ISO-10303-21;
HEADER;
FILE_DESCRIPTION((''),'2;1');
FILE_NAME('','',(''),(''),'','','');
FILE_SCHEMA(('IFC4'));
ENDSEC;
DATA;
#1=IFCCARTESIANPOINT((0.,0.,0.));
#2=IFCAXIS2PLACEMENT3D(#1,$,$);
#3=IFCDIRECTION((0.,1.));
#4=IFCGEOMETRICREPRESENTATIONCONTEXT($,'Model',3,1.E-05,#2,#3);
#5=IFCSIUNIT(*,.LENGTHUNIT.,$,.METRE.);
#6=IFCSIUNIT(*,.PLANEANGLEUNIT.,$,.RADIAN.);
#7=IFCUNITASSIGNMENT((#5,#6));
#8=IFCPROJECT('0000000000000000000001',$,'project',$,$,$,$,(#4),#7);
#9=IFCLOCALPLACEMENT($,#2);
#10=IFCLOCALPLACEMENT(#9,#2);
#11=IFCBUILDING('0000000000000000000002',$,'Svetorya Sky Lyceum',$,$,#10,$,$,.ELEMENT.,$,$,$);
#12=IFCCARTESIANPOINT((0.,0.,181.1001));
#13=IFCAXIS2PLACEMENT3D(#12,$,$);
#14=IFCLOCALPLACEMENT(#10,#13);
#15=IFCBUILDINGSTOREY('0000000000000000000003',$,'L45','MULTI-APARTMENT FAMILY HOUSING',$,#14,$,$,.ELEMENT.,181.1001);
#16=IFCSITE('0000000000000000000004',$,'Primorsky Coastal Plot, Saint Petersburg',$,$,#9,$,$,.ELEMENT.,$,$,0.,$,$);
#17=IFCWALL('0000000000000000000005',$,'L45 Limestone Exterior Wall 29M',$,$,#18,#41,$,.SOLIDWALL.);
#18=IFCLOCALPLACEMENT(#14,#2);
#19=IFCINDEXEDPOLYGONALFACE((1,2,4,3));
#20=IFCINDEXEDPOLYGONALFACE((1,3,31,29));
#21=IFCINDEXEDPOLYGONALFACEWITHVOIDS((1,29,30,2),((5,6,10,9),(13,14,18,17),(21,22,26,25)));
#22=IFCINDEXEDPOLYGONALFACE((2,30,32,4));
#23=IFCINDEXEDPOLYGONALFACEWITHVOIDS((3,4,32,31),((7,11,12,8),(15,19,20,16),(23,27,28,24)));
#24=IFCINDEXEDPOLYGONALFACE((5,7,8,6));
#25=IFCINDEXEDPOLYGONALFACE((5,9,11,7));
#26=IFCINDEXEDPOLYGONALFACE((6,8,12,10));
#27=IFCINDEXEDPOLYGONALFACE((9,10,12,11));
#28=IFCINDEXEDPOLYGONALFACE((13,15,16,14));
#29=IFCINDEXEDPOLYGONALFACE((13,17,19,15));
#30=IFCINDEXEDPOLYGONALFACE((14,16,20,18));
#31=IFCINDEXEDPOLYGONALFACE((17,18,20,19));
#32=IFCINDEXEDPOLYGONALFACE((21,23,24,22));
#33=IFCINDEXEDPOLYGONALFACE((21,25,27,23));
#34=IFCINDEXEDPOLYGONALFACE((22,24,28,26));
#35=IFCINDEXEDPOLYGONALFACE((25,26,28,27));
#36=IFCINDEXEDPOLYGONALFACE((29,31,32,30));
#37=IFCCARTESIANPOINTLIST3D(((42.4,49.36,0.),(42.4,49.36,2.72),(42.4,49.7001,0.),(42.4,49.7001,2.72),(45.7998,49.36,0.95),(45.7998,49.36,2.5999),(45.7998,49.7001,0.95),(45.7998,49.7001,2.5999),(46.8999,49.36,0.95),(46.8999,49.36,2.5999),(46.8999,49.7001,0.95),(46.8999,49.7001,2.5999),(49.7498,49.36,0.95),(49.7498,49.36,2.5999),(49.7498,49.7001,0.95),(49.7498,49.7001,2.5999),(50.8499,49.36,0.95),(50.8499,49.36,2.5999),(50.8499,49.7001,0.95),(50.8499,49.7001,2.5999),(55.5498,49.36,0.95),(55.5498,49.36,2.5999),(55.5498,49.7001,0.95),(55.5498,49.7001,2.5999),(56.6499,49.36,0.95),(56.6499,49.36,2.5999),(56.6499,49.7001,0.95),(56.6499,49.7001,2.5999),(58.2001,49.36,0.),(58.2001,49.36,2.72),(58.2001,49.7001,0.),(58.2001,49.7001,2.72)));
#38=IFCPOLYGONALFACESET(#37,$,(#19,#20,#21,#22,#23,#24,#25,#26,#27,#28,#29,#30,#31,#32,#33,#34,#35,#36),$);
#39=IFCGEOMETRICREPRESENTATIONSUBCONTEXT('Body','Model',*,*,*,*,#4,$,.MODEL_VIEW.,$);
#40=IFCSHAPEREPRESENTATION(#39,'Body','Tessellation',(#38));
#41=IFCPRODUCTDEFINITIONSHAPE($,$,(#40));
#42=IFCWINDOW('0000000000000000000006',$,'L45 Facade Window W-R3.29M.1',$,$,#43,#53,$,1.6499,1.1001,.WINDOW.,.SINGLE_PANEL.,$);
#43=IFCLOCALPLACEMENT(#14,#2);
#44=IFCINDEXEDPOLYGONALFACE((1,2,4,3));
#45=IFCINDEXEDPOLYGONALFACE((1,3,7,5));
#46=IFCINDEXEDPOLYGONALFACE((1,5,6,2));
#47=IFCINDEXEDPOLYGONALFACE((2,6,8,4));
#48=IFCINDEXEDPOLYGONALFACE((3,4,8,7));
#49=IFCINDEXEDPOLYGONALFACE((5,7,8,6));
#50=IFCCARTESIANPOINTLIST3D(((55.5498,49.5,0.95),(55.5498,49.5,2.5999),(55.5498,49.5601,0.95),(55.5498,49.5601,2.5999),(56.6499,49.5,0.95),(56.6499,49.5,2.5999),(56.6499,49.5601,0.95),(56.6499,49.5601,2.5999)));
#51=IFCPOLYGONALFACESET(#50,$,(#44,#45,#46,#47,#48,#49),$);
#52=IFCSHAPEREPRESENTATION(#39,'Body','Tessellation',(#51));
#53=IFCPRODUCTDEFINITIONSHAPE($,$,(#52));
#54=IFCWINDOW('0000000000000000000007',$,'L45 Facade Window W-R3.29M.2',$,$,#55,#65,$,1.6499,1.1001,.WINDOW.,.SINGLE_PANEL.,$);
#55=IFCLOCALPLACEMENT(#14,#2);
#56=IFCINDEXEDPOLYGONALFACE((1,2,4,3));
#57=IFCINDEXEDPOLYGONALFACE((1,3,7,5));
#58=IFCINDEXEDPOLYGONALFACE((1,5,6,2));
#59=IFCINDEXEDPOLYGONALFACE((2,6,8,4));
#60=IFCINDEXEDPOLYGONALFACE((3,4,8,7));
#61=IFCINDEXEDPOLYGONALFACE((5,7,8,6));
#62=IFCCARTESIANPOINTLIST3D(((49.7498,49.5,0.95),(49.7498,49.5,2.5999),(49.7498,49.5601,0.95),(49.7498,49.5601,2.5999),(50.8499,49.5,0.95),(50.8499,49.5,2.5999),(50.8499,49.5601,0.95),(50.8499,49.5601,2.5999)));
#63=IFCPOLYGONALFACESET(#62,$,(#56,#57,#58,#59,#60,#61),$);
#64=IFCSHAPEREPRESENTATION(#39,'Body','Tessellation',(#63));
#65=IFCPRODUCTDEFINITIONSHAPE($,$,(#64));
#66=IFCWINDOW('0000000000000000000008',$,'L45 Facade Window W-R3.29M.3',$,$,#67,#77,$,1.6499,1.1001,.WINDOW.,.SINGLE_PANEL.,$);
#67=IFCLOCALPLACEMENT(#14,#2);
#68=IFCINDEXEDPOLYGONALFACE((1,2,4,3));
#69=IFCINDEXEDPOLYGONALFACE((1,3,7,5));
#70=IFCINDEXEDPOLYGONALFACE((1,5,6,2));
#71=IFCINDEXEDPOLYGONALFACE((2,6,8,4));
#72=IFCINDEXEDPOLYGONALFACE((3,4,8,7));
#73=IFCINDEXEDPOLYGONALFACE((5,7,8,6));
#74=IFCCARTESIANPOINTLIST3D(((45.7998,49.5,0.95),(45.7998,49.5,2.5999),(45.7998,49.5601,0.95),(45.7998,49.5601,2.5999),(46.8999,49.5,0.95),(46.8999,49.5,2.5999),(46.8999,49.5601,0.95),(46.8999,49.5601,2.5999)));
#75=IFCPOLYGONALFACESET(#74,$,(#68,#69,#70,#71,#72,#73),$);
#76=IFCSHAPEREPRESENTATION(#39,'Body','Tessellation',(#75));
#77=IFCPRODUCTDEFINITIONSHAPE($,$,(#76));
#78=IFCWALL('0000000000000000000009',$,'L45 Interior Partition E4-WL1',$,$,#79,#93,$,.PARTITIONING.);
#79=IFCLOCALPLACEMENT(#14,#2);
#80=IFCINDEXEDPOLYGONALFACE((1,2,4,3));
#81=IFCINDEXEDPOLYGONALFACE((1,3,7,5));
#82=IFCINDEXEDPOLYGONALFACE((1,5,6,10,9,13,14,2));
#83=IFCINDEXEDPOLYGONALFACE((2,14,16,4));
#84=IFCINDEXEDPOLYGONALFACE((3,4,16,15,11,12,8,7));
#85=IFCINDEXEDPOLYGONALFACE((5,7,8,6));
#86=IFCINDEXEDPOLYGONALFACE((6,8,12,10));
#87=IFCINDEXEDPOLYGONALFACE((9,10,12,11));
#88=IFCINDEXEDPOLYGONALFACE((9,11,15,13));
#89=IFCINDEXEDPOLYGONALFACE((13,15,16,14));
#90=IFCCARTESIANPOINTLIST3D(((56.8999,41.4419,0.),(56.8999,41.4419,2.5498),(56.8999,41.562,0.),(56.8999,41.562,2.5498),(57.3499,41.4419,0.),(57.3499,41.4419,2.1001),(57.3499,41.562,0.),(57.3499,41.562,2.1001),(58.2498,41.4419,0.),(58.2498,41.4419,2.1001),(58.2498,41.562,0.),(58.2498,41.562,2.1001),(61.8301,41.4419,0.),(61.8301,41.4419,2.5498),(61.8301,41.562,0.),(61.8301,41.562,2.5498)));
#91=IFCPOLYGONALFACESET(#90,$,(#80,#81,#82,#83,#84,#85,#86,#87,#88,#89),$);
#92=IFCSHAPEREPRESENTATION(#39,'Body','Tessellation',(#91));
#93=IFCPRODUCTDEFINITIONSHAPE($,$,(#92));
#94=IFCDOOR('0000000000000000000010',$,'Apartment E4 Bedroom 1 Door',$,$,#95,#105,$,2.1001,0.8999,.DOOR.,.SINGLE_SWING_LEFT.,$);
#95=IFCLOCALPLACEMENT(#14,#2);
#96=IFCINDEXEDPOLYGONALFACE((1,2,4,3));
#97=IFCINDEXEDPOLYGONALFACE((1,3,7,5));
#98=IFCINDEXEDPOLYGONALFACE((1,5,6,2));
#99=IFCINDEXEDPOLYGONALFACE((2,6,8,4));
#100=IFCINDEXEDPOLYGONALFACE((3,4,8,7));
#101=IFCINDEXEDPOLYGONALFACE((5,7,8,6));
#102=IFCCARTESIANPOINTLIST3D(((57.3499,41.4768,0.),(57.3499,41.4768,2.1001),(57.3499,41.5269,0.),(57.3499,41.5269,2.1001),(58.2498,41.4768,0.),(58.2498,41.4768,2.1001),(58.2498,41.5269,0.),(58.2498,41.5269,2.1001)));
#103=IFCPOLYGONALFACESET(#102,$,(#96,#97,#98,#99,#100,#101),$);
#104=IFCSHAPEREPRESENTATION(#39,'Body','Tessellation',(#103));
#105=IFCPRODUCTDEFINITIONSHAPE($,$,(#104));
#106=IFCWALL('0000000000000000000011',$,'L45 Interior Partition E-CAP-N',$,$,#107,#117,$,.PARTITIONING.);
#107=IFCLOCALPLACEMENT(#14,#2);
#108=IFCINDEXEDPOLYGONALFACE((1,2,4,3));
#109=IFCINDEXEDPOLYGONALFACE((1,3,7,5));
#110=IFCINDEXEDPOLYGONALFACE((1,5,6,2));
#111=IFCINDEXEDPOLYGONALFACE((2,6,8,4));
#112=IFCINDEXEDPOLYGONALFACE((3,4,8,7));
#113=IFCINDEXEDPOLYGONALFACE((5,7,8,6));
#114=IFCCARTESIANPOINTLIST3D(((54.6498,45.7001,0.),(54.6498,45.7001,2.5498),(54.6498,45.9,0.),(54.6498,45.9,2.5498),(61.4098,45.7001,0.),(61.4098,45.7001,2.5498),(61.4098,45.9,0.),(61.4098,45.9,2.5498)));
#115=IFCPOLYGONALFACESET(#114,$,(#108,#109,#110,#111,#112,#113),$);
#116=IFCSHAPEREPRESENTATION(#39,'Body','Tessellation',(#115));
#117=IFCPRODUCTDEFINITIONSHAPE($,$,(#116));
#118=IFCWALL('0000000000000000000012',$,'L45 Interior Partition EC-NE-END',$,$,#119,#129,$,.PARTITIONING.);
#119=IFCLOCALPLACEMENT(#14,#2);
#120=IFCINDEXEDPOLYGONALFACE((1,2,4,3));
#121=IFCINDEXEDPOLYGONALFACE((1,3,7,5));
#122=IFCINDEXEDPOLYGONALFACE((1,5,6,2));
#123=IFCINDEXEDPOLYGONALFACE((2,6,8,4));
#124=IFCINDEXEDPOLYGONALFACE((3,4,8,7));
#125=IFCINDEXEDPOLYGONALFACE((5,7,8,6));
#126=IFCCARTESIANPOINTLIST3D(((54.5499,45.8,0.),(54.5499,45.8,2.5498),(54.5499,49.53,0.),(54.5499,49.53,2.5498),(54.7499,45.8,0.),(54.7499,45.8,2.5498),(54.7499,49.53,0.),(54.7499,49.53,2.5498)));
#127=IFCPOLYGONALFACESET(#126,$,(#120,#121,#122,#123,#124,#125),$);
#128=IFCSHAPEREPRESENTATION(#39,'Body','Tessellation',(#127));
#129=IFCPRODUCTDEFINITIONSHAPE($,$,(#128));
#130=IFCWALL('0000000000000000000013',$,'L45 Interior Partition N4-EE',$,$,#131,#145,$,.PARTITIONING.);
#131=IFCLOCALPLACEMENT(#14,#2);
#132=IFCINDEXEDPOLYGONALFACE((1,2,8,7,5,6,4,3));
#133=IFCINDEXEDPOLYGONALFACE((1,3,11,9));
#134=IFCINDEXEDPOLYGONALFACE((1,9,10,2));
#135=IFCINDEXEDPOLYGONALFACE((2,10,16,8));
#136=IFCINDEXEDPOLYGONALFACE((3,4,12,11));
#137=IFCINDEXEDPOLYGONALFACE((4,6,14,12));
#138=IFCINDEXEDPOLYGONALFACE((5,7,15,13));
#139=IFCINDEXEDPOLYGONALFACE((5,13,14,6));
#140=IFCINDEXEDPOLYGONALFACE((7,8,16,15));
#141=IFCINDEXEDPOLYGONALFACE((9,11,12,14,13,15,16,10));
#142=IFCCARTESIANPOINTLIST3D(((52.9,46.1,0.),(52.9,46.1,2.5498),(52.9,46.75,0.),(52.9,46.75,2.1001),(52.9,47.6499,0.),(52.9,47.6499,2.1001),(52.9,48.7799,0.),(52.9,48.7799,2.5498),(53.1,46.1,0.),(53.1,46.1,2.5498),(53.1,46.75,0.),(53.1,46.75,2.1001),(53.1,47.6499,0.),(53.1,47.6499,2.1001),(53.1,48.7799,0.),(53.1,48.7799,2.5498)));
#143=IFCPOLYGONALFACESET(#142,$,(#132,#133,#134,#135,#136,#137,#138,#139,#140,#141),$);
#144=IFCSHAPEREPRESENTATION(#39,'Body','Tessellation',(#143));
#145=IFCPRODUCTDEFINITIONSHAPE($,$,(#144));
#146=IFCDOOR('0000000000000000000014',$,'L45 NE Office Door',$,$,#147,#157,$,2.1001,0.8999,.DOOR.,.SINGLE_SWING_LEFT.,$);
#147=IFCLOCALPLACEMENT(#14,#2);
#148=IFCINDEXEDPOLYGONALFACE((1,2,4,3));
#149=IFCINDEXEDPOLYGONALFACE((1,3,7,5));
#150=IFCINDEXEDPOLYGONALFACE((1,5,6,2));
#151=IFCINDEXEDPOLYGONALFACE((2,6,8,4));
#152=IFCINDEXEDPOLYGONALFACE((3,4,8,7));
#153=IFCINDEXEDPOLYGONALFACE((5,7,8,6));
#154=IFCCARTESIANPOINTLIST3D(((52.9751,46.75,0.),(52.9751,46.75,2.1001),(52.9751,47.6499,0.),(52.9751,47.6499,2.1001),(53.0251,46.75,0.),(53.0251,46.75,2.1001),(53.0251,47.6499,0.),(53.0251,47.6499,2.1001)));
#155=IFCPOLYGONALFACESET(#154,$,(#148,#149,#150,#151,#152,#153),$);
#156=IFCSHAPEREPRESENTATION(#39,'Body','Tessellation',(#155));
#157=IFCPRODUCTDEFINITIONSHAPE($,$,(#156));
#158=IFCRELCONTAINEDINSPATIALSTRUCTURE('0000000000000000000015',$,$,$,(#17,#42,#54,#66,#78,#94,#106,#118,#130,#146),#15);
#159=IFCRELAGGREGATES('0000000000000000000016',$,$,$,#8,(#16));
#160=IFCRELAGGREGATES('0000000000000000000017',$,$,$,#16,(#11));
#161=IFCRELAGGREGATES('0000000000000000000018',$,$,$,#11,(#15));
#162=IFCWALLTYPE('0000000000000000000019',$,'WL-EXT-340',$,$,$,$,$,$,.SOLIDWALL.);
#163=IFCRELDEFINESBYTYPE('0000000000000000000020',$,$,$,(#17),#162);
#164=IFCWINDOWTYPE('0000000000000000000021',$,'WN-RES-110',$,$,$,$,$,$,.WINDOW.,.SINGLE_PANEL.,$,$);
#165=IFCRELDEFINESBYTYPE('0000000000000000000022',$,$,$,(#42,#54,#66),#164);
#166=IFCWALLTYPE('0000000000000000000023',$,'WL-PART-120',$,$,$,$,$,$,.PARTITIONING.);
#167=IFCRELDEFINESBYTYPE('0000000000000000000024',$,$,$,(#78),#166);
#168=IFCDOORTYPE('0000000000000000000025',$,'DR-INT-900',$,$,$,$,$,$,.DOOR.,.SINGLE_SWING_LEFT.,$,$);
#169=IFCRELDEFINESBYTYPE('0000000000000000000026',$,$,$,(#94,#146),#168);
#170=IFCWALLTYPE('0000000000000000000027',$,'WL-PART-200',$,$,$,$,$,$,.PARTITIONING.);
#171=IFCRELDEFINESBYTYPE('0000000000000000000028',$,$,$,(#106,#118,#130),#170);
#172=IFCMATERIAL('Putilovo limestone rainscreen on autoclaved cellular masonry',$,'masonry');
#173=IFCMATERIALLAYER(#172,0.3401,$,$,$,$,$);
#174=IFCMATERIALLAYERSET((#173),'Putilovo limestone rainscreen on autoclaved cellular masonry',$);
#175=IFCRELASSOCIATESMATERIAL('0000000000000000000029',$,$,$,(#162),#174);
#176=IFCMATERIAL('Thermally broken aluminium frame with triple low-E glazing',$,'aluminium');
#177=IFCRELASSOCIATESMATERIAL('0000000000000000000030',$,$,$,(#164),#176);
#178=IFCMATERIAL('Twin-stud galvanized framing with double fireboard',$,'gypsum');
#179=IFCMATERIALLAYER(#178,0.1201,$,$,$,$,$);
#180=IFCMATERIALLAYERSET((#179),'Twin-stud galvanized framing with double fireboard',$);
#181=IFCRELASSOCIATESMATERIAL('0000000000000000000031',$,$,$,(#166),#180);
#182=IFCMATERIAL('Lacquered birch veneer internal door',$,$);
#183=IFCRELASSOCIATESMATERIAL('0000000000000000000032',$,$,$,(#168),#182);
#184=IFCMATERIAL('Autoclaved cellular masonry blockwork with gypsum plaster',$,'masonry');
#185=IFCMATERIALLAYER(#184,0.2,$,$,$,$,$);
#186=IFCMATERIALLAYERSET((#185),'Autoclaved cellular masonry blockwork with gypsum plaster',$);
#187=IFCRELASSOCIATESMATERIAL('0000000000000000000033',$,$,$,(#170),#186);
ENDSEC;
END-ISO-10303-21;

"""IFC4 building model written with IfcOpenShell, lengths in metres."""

from ifc_helpers import new_model, si_unit, direction, frame, frame_2d, origin, place, context, subcontext, project, spatial, rectangle, extrude, material, layer, layer_set, type_object, element, fill, save


model = new_model("IFC4")

# Units and contexts
model_context = context("Model", 3, precision=1e-05, world=origin(), true_north=direction((0.0, 1.0)))
body_context = subcontext(model_context, "Body", "Model", "MODEL_VIEW")
ifc_project = project(units=[si_unit("LENGTHUNIT", "METRE"), si_unit("PLANEANGLEUNIT", "RADIAN")], contexts=[model_context])

# Site, building, storey
site_placement = place(None, origin())
site = spatial("IfcSite", under=ifc_project, at=site_placement, Name="Primorsky Coastal Plot, Saint Petersburg", CompositionType="ELEMENT", RefElevation=0.0)
building_placement = place(site_placement, origin())
building = spatial("IfcBuilding", under=site, at=building_placement, Name="Svetorya Sky Lyceum", CompositionType="ELEMENT")
storey_placement = place(building_placement, frame((0.0, 0.0, 181.1001)))
storey = spatial("IfcBuildingStorey", under=building, at=storey_placement, Name="L45", Description="MULTI-APARTMENT FAMILY HOUSING", CompositionType="ELEMENT", Elevation=181.1001)

# Shared definitions
ifc_material_1 = material(Name="Putilovo limestone rainscreen on autoclaved cellular masonry", Category="masonry")
ifc_layer_1 = layer(ifc_material_1, 0.3401)
ifc_layer_set_1 = layer_set([ifc_layer_1], Name="Putilovo limestone rainscreen on autoclaved cellular masonry")
wall_type_1 = type_object("IfcWallType", Name="WL-EXT-340", PredefinedType="SOLIDWALL", material=ifc_layer_set_1)

# Wall, openings, windows
wall_1_placement = place(storey_placement, frame((58.2, 49.53, 0.0), z_axis=(0.0, 0.0, 1.0), x_axis=(-1.0, 0.0, 0.0)))
wall_1 = element("IfcWall", 1, at=wall_1_placement, inside=storey, type_object=wall_type_1, Name="L45 Limestone Exterior Wall 29M", PredefinedType="SOLIDWALL", context=body_context, shape_type="SweptSolid", body=[
    extrude(rectangle(XDim=15.8, YDim=0.3401, at=frame_2d((7.8999, 0.0))), origin(), (0.0, 0.0, 1.0), 2.72),
])
opening_1_placement = place(wall_1_placement, frame((1.55, 0.0, 0.95)))
opening_1 = element("IfcOpeningElement", 2, at=opening_1_placement, cuts=wall_1, PredefinedType="OPENING", context=body_context, shape_type="SweptSolid", body=[
    extrude(rectangle(XDim=1.1001, YDim=1.6499, at=frame_2d((0.55, 0.825))), frame((0.0, 0.1799, 0.0), z_axis=(0.0, -1.0, 0.0), x_axis=(1.0, 0.0, 0.0)), (0.0, 0.0, 1.0), 0.3601),
])
opening_2_placement = place(wall_1_placement, frame((7.3501, 0.0, 0.95)))
opening_2 = element("IfcOpeningElement", 3, at=opening_2_placement, cuts=wall_1, PredefinedType="OPENING", context=body_context, shape_type="SweptSolid", body=[
    extrude(rectangle(XDim=1.1001, YDim=1.6499, at=frame_2d((0.55, 0.825))), frame((0.0, 0.1799, 0.0), z_axis=(0.0, -1.0, 0.0), x_axis=(1.0, 0.0, 0.0)), (0.0, 0.0, 1.0), 0.3601),
])
opening_3_placement = place(wall_1_placement, frame((11.3, 0.0, 0.95)))
opening_3 = element("IfcOpeningElement", 4, at=opening_3_placement, cuts=wall_1, PredefinedType="OPENING", context=body_context, shape_type="SweptSolid", body=[
    extrude(rectangle(XDim=1.1001, YDim=1.6499, at=frame_2d((0.55, 0.825))), frame((0.0, 0.1799, 0.0), z_axis=(0.0, -1.0, 0.0), x_axis=(1.0, 0.0, 0.0)), (0.0, 0.0, 1.0), 0.3601),
])
ifc_material_2 = material(Name="Thermally broken aluminium frame with triple low-E glazing", Category="aluminium")
window_type = type_object("IfcWindowType", Name="WN-RES-110", PartitioningType="SINGLE_PANEL", PredefinedType="WINDOW", material=ifc_material_2)
window_1_placement = place(opening_1_placement, origin())
window_1 = element("IfcWindow", 5, at=window_1_placement, inside=storey, type_object=window_type, Name="L45 Facade Window W-R3.29M.1", OverallHeight=1.6499, OverallWidth=1.1001, PartitioningType="SINGLE_PANEL", PredefinedType="WINDOW", context=body_context, shape_type="SweptSolid", body=[
    extrude(rectangle(XDim=1.1001, YDim=1.6499, at=frame_2d((0.55, 0.825))), frame((0.0, 0.03, 0.0), z_axis=(0.0, -1.0, 0.0), x_axis=(1.0, 0.0, 0.0)), (0.0, 0.0, 1.0), 0.0601),
])
fill(opening_1, window_1)
window_2_placement = place(opening_2_placement, origin())
window_2 = element("IfcWindow", 6, at=window_2_placement, inside=storey, type_object=window_type, Name="L45 Facade Window W-R3.29M.2", OverallHeight=1.6499, OverallWidth=1.1001, PartitioningType="SINGLE_PANEL", PredefinedType="WINDOW", context=body_context, shape_type="SweptSolid", body=[
    extrude(rectangle(XDim=1.1001, YDim=1.6499, at=frame_2d((0.55, 0.825))), frame((0.0, 0.03, 0.0), z_axis=(0.0, -1.0, 0.0), x_axis=(1.0, 0.0, 0.0)), (0.0, 0.0, 1.0), 0.0601),
])
fill(opening_2, window_2)
window_3_placement = place(opening_3_placement, origin())
window_3 = element("IfcWindow", 7, at=window_3_placement, inside=storey, type_object=window_type, Name="L45 Facade Window W-R3.29M.3", OverallHeight=1.6499, OverallWidth=1.1001, PartitioningType="SINGLE_PANEL", PredefinedType="WINDOW", context=body_context, shape_type="SweptSolid", body=[
    extrude(rectangle(XDim=1.1001, YDim=1.6499, at=frame_2d((0.55, 0.825))), frame((0.0, 0.03, 0.0), z_axis=(0.0, -1.0, 0.0), x_axis=(1.0, 0.0, 0.0)), (0.0, 0.0, 1.0), 0.0601),
])
fill(opening_3, window_3)

# Wall, opening, door
ifc_material_3 = material(Name="Twin-stud galvanized framing with double fireboard", Category="gypsum")
ifc_layer_2 = layer(ifc_material_3, 0.1201)
ifc_layer_set_2 = layer_set([ifc_layer_2], Name="Twin-stud galvanized framing with double fireboard")
wall_type_2 = type_object("IfcWallType", Name="WL-PART-120", PredefinedType="PARTITIONING", material=ifc_layer_set_2)
wall_2_placement = place(storey_placement, frame((56.8999, 41.502, 0.0), z_axis=(0.0, 0.0, 1.0), x_axis=(1.0, 0.0, 0.0)))
wall_2 = element("IfcWall", 8, at=wall_2_placement, inside=storey, type_object=wall_type_2, Name="L45 Interior Partition E4-WL1", PredefinedType="PARTITIONING", context=body_context, shape_type="SweptSolid", body=[
    extrude(rectangle(XDim=4.9302, YDim=0.1201, at=frame_2d((2.4651, 0.0))), origin(), (0.0, 0.0, 1.0), 2.5498),
])
opening_4_placement = place(wall_2_placement, frame((0.45, 0.0, 0.0)))
opening_4 = element("IfcOpeningElement", 9, at=opening_4_placement, cuts=wall_2, PredefinedType="OPENING", context=body_context, shape_type="SweptSolid", body=[
    extrude(rectangle(XDim=0.8999, YDim=2.1001, at=frame_2d((0.45, 1.05))), frame((0.0, 0.0701, 0.0), z_axis=(0.0, -1.0, 0.0), x_axis=(1.0, 0.0, 0.0)), (0.0, 0.0, 1.0), 0.1401),
])
ifc_material_4 = material(Name="Lacquered birch veneer internal door")
door_type = type_object("IfcDoorType", Name="DR-INT-900", OperationType="SINGLE_SWING_LEFT", PredefinedType="DOOR", material=ifc_material_4)
door_1_placement = place(opening_4_placement, origin())
door_1 = element("IfcDoor", 10, at=door_1_placement, inside=storey, type_object=door_type, Name="Apartment E4 Bedroom 1 Door", OperationType="SINGLE_SWING_LEFT", OverallHeight=2.1001, OverallWidth=0.8999, PredefinedType="DOOR", context=body_context, shape_type="SweptSolid", body=[
    extrude(rectangle(XDim=0.8999, YDim=2.1001, at=frame_2d((0.45, 1.05))), frame((0.0, 0.0249, 0.0), z_axis=(0.0, -1.0, 0.0), x_axis=(1.0, 0.0, 0.0)), (0.0, 0.0, 1.0), 0.05),
])
fill(opening_4, door_1)

# Walls
ifc_material_5 = material(Name="Autoclaved cellular masonry blockwork with gypsum plaster", Category="masonry")
ifc_layer_3 = layer(ifc_material_5, 0.2)
ifc_layer_set_3 = layer_set([ifc_layer_3], Name="Autoclaved cellular masonry blockwork with gypsum plaster")
wall_type_3 = type_object("IfcWallType", Name="WL-PART-200", PredefinedType="PARTITIONING", material=ifc_layer_set_3)
wall_3_placement = place(storey_placement, frame((54.6499, 45.8, 0.0), z_axis=(0.0, 0.0, 1.0), x_axis=(1.0, 0.0, 0.0)))
element("IfcWall", 11, at=wall_3_placement, inside=storey, type_object=wall_type_3, Name="L45 Interior Partition E-CAP-N", PredefinedType="PARTITIONING", context=body_context, shape_type="SweptSolid", body=[
    extrude(rectangle(XDim=6.76, YDim=0.2, at=frame_2d((3.3799, 0.0))), origin(), (0.0, 0.0, 1.0), 2.5498),
])
wall_4_placement = place(storey_placement, frame((54.6499, 45.8, 0.0), z_axis=(0.0, 0.0, 1.0), x_axis=(0.0, 1.0, 0.0)))
element("IfcWall", 12, at=wall_4_placement, inside=storey, type_object=wall_type_3, Name="L45 Interior Partition EC-NE-END", PredefinedType="PARTITIONING", context=body_context, shape_type="SweptSolid", body=[
    extrude(rectangle(XDim=3.73, YDim=0.2, at=frame_2d((1.865, 0.0))), origin(), (0.0, 0.0, 1.0), 2.5498),
])

# Wall, opening, door
wall_5_placement = place(storey_placement, frame((53.0, 46.1001, 0.0), z_axis=(0.0, 0.0, 1.0), x_axis=(0.0, 1.0, 0.0)))
wall_5 = element("IfcWall", 13, at=wall_5_placement, inside=storey, type_object=wall_type_3, Name="L45 Interior Partition N4-EE", PredefinedType="PARTITIONING", context=body_context, shape_type="SweptSolid", body=[
    extrude(rectangle(XDim=2.6799, YDim=0.2, at=frame_2d((1.3398, 0.0))), origin(), (0.0, 0.0, 1.0), 2.5498),
])
opening_5_placement = place(wall_5_placement, frame((0.6499, 0.0, 0.0)))
opening_5 = element("IfcOpeningElement", 14, at=opening_5_placement, cuts=wall_5, PredefinedType="OPENING", context=body_context, shape_type="SweptSolid", body=[
    extrude(rectangle(XDim=0.8999, YDim=2.1001, at=frame_2d((0.45, 1.05))), frame((0.0, 0.1099, 0.0), z_axis=(0.0, -1.0, 0.0), x_axis=(1.0, 0.0, 0.0)), (0.0, 0.0, 1.0), 0.22),
])
door_2_placement = place(opening_5_placement, origin())
door_2 = element("IfcDoor", 15, at=door_2_placement, inside=storey, type_object=door_type, Name="L45 NE Office Door", OperationType="SINGLE_SWING_LEFT", OverallHeight=2.1001, OverallWidth=0.8999, PredefinedType="DOOR", context=body_context, shape_type="SweptSolid", body=[
    extrude(rectangle(XDim=0.8999, YDim=2.1001, at=frame_2d((0.45, 1.05))), frame((0.0, 0.0249, 0.0), z_axis=(0.0, -1.0, 0.0), x_axis=(1.0, 0.0, 0.0)), (0.0, 0.0, 1.0), 0.05),
])
fill(opening_5, door_2)

save(model, "model.ifc")
